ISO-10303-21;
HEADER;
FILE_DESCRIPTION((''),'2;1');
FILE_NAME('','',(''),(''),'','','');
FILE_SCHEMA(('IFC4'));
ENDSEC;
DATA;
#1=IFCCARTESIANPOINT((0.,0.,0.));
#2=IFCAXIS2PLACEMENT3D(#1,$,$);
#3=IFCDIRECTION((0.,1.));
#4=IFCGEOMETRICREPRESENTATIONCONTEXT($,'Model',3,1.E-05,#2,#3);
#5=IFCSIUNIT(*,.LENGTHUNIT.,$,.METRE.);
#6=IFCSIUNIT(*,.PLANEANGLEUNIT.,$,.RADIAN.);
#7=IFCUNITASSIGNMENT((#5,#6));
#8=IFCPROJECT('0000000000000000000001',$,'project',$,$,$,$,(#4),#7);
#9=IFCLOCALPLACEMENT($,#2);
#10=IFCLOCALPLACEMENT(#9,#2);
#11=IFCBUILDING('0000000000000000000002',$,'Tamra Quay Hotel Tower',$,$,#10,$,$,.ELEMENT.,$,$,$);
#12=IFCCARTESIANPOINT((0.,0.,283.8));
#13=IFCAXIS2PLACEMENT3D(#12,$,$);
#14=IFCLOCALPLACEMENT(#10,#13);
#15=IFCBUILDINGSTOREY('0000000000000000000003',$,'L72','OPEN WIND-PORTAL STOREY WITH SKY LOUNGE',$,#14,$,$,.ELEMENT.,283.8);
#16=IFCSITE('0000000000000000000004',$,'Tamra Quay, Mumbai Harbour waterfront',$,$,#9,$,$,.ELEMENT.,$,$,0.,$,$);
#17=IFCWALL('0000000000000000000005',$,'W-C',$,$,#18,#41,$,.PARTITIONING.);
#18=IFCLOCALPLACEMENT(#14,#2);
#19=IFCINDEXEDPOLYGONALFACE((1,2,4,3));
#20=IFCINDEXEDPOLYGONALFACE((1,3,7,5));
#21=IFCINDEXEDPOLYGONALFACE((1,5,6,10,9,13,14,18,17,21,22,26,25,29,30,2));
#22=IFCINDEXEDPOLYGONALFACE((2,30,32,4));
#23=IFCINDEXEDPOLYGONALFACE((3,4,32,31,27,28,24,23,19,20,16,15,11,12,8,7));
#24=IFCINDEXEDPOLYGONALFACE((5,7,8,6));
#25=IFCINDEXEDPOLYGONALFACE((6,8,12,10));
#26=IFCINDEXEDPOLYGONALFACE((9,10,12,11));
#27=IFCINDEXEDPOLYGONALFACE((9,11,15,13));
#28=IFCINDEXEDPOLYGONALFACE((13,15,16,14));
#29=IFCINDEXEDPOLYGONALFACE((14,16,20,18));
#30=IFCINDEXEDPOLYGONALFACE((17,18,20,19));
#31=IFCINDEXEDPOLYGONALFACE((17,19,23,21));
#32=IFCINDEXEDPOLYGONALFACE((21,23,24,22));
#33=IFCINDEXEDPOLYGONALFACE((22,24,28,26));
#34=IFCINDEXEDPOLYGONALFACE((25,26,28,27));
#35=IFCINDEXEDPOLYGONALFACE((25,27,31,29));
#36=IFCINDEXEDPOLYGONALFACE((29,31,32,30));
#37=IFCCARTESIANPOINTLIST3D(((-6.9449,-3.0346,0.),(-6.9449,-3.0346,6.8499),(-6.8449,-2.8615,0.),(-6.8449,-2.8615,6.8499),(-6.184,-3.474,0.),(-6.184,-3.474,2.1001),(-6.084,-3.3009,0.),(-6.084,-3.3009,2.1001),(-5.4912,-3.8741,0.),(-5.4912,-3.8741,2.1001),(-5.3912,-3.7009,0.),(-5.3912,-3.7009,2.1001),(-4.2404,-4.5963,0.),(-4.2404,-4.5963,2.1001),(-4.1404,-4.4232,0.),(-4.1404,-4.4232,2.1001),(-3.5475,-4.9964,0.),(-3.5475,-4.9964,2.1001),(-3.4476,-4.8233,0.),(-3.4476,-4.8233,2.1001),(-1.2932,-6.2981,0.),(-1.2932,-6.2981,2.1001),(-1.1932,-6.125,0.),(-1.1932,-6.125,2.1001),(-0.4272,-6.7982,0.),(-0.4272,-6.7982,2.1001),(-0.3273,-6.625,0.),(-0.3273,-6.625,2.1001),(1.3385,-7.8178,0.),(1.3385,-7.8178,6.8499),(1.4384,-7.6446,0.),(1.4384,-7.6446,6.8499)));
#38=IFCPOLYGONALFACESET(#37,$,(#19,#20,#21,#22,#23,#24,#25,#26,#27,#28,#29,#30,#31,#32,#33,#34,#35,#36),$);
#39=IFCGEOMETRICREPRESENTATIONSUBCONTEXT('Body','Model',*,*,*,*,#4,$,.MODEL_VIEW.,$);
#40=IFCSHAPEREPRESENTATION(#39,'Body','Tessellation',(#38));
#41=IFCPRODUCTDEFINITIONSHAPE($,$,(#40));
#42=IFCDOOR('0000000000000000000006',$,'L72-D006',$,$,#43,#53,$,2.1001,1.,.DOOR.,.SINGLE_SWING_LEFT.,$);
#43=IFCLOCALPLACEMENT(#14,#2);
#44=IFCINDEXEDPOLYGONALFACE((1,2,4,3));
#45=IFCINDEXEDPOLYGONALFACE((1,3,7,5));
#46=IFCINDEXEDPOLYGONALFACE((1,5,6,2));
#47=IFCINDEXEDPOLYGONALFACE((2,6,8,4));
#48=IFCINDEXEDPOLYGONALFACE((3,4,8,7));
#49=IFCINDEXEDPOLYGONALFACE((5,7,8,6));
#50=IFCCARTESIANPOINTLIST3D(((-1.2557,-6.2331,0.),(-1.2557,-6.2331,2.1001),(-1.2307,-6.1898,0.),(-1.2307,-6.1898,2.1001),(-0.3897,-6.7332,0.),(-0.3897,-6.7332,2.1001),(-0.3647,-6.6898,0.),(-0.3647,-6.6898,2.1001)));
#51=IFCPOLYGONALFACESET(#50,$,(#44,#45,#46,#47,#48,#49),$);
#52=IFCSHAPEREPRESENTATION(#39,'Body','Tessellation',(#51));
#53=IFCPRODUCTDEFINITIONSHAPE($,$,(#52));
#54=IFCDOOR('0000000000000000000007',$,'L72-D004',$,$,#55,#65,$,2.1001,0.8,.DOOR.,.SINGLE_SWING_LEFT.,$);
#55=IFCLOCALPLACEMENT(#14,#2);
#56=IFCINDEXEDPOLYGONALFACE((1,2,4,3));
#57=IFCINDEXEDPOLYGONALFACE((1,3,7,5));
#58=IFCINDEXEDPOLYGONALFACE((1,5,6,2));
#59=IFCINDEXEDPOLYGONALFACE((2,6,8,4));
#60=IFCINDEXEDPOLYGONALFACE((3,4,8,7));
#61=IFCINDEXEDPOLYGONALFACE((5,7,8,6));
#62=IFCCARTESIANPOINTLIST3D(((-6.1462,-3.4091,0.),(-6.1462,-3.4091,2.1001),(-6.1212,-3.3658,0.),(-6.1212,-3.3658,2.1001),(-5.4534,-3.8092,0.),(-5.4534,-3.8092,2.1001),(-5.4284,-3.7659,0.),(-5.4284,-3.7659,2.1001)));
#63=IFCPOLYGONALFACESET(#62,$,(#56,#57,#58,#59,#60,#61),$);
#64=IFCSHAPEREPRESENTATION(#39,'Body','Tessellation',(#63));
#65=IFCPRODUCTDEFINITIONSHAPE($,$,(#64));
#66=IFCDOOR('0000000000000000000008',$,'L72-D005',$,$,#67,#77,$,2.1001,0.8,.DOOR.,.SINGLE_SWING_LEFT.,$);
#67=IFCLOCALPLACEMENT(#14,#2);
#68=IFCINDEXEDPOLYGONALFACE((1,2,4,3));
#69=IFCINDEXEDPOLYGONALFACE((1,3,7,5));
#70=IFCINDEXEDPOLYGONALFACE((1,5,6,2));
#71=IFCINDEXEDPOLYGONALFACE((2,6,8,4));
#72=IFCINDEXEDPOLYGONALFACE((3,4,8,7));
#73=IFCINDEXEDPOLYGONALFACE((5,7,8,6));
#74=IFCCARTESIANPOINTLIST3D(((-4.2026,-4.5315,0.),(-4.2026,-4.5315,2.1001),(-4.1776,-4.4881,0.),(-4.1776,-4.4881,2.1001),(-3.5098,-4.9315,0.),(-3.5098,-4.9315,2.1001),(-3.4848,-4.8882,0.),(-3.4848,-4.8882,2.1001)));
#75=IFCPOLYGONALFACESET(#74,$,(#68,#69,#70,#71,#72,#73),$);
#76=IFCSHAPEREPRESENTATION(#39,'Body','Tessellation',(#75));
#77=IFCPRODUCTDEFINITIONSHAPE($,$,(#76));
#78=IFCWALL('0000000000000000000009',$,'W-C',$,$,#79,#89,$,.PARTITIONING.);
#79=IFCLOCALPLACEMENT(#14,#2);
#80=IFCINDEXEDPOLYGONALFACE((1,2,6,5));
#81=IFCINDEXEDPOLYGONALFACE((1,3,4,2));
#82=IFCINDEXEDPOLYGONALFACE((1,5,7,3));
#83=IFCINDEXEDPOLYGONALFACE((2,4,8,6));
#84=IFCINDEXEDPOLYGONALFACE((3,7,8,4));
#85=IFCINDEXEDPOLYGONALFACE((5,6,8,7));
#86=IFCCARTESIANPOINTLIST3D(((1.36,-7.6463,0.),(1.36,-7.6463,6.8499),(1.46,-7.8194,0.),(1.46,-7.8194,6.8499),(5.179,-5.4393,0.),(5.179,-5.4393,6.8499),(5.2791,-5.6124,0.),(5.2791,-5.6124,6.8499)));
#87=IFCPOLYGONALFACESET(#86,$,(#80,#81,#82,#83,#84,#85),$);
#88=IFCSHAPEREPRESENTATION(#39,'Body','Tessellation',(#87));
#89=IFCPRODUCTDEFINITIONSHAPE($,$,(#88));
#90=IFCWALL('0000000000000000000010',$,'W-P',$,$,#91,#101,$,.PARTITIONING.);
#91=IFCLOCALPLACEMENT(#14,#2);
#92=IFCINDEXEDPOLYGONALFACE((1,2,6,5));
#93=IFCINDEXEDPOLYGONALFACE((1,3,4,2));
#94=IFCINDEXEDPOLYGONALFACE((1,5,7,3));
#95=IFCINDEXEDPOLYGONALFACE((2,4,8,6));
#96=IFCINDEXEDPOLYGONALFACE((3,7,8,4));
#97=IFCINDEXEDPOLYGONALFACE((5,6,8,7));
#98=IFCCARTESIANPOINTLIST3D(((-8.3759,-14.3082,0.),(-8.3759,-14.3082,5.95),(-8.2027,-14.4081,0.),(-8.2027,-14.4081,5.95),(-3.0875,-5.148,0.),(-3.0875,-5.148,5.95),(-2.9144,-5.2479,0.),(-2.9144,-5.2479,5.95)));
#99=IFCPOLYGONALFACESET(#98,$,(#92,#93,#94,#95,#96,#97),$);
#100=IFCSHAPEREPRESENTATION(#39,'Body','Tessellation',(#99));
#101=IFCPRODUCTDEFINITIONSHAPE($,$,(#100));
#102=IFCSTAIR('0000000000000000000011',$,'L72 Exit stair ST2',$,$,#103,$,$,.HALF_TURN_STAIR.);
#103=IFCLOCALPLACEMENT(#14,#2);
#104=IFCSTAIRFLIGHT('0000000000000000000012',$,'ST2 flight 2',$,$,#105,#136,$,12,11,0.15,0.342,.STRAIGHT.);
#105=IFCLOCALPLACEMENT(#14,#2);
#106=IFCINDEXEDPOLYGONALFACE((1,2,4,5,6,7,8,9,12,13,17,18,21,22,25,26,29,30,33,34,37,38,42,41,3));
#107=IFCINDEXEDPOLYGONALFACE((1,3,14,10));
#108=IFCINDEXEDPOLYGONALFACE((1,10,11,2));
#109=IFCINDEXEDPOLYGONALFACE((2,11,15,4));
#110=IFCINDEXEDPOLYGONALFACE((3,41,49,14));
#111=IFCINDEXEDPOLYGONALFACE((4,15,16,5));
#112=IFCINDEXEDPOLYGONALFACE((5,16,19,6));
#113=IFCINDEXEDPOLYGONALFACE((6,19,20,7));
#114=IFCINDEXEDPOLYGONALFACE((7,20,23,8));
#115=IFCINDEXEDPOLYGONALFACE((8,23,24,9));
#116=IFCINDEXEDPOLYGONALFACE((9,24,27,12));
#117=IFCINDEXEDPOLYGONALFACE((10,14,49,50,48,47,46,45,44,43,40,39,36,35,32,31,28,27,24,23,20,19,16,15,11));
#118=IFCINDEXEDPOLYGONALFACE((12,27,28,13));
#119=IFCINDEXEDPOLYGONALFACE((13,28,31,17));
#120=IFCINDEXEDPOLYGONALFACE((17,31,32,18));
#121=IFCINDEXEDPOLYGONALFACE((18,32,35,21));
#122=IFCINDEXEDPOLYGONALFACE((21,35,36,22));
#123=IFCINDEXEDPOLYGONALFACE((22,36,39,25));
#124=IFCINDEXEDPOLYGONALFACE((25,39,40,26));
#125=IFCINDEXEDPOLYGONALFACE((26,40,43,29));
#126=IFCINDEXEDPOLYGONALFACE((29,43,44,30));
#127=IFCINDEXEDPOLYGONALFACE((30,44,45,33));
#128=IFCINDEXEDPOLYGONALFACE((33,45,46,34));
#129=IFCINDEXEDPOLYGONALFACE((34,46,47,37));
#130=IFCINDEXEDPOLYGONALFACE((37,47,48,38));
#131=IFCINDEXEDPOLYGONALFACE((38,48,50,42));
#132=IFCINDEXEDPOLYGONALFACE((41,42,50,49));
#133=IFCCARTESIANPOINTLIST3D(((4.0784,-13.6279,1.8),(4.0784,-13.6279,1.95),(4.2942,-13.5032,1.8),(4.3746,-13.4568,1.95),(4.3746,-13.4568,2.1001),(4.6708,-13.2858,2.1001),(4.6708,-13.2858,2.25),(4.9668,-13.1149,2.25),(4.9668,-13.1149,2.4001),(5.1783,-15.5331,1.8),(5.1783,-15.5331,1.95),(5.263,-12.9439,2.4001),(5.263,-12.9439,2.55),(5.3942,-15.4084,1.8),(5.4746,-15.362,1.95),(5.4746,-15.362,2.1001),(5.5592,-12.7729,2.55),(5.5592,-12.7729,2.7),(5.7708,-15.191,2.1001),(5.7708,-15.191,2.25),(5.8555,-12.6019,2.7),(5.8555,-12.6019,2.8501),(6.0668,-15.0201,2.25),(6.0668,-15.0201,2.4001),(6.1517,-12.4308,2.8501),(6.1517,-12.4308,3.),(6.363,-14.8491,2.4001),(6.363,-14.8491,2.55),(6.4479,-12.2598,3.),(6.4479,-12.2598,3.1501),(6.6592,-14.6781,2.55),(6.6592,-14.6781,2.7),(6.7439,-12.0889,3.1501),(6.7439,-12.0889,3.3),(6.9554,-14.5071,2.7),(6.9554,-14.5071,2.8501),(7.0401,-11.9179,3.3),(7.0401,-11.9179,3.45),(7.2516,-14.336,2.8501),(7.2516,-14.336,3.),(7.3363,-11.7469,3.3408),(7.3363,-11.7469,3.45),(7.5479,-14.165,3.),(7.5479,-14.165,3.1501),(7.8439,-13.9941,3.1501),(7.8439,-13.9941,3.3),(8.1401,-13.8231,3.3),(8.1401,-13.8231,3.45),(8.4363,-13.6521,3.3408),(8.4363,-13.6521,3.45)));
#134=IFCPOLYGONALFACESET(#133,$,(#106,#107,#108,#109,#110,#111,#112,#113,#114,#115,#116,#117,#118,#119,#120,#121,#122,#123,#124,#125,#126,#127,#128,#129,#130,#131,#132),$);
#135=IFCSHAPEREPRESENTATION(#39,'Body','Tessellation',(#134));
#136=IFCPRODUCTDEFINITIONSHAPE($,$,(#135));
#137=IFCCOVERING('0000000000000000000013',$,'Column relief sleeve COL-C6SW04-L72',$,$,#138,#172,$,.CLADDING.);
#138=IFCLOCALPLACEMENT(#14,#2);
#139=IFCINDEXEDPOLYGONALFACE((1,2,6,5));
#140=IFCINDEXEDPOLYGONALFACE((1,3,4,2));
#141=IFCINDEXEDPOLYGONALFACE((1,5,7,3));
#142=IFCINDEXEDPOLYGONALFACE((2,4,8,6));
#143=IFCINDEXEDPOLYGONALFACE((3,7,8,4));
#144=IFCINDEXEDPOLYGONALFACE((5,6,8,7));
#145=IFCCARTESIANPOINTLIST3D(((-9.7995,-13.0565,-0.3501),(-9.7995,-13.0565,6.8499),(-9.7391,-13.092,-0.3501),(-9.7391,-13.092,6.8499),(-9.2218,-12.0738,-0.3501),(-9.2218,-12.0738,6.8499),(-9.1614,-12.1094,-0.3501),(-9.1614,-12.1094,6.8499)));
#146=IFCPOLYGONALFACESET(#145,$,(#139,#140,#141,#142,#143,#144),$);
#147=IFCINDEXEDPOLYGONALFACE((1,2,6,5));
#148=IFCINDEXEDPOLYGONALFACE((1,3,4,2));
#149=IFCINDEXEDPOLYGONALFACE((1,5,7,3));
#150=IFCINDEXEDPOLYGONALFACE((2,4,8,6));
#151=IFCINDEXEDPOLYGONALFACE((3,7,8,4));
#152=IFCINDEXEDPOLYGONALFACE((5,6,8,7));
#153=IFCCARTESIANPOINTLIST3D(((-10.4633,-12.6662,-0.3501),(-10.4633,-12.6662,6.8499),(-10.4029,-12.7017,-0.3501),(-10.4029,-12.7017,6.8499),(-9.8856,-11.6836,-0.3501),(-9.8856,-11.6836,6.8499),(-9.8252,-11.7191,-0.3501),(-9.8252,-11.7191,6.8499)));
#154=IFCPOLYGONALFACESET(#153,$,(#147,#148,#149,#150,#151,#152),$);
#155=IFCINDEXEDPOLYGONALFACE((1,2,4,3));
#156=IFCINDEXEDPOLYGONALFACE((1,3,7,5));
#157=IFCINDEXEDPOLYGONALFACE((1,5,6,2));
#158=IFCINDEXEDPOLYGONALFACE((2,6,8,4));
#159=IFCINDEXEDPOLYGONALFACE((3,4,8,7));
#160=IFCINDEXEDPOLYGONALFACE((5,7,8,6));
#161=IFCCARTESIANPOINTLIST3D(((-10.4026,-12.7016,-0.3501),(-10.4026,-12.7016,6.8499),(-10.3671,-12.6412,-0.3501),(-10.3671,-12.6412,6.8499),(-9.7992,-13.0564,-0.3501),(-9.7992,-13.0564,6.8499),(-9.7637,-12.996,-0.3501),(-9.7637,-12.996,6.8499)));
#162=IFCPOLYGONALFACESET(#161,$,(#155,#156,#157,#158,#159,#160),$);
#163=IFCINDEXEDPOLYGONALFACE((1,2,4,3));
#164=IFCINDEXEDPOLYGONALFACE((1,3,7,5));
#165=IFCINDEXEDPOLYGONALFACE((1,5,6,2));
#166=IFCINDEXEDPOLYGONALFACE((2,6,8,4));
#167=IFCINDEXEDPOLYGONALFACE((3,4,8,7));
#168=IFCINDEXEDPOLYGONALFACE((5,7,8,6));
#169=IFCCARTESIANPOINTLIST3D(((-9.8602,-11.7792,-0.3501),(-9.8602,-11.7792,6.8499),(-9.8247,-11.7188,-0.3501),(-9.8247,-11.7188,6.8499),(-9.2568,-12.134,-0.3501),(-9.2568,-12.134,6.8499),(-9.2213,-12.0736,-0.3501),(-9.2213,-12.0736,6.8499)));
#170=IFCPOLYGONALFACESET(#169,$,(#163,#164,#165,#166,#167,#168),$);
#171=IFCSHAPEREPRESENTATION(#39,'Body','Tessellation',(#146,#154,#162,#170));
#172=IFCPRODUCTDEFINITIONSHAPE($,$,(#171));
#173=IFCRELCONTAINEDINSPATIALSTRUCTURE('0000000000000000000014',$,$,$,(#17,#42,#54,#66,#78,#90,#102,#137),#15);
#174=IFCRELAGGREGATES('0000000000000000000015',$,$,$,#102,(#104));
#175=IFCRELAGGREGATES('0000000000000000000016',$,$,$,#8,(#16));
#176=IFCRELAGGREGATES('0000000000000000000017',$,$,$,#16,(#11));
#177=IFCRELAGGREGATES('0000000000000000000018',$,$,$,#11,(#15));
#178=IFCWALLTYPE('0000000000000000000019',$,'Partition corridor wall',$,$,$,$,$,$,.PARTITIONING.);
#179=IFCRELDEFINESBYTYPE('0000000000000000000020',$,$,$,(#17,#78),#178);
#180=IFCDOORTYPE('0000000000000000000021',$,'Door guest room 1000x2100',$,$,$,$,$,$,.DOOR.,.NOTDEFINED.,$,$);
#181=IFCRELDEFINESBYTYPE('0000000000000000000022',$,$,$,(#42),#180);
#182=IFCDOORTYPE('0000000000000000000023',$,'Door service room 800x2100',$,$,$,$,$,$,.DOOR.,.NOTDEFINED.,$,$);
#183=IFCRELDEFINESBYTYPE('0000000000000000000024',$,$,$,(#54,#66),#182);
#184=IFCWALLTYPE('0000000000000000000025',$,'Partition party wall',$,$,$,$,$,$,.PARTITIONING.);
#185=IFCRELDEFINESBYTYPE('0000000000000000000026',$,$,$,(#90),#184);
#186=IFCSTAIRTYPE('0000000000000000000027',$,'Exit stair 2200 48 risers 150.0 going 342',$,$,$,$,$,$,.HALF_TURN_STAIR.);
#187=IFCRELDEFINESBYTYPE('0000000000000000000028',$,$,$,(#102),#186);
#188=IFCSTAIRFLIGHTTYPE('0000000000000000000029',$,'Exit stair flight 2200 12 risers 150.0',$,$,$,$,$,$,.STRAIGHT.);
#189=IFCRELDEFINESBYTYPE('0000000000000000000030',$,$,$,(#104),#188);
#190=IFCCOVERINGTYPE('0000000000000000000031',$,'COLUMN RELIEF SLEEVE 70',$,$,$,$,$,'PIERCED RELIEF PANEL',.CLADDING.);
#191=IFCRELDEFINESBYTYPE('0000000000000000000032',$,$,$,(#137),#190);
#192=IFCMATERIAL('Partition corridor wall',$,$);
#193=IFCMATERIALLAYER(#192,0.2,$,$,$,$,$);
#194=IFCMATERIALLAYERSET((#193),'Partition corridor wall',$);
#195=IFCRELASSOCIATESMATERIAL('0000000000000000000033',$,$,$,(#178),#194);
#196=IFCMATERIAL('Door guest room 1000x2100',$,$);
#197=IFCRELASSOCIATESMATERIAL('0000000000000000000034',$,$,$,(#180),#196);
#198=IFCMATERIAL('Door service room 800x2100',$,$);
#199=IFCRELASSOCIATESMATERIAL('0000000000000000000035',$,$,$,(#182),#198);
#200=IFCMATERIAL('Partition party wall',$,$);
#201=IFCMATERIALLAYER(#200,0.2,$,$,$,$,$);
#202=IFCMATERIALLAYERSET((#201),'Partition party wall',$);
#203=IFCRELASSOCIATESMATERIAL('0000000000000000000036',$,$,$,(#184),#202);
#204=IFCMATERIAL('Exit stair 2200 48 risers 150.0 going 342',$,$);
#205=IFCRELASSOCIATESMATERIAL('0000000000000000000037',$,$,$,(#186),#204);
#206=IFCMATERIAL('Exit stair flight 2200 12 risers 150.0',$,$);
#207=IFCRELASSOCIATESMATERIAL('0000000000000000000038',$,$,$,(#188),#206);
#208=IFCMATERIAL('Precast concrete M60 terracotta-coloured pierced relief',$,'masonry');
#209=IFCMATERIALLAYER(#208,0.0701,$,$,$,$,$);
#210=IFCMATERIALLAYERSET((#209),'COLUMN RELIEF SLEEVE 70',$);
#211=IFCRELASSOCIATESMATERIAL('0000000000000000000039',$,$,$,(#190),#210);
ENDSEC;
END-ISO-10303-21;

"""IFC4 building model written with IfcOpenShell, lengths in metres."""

from ifc_helpers import new_model, si_unit, direction, frame, frame_2d, origin, place, context, subcontext, project, spatial, polyline, rectangle, outline, extrude, source, transform, mapped, material, layer, layer_set, type_object, element, fill, aggregate, save


model = new_model("IFC4")

# Units and contexts
model_context = context("Model", 3, precision=1e-05, world=origin(), true_north=direction((0.0, 1.0)))
body_context = subcontext(model_context, "Body", "Model", "MODEL_VIEW")
ifc_project = project(units=[si_unit("LENGTHUNIT", "METRE"), si_unit("PLANEANGLEUNIT", "RADIAN")], contexts=[model_context])

# Site, building, storey
site_placement = place(None, origin())
site = spatial("IfcSite", under=ifc_project, at=site_placement, Name="Tamra Quay, Mumbai Harbour waterfront", CompositionType="ELEMENT", RefElevation=0.0)
building_placement = place(site_placement, origin())
building = spatial("IfcBuilding", under=site, at=building_placement, Name="Tamra Quay Hotel Tower", CompositionType="ELEMENT")
storey_placement = place(building_placement, frame((0.0, 0.0, 283.8)))
storey = spatial("IfcBuildingStorey", under=building, at=storey_placement, Name="L72", Description="OPEN WIND-PORTAL STOREY WITH SKY LOUNGE", CompositionType="ELEMENT", Elevation=283.8)

# Shared definitions
ifc_material_1 = material(Name="Partition corridor wall")
ifc_layer_1 = layer(ifc_material_1, 0.2)
ifc_layer_set_1 = layer_set([ifc_layer_1], Name="Partition corridor wall")
wall_type_1 = type_object("IfcWallType", Name="Partition corridor wall", PredefinedType="PARTITIONING", material=ifc_layer_set_1)

# Wall, openings, doors
wall_1_placement = place(storey_placement, frame((-6.895, -2.948, 0.0), z_axis=(0.0, 0.0, 1.0), x_axis=(0.865991, -0.500059, 0.0)))
wall_1 = element("IfcWall", 1, at=wall_1_placement, inside=storey, type_object=wall_type_1, Name="W-C", PredefinedType="PARTITIONING", context=body_context, shape_type="SweptSolid", body=[
    extrude(rectangle(XDim=9.5652, YDim=0.2, at=frame_2d((4.7827, 0.0))), origin(), (0.0, 0.0, 1.0), 6.8499),
])
opening_1_placement = place(wall_1_placement, frame((0.8789, 0.0, 0.0)))
opening_1 = element("IfcOpeningElement", 2, at=opening_1_placement, cuts=wall_1, PredefinedType="OPENING", context=body_context, shape_type="SweptSolid", body=[
    extrude(rectangle(XDim=0.8, YDim=2.1001, at=frame_2d((0.3999, 1.05))), frame((0.0, 0.1099, 0.0), z_axis=(0.0, -1.0, 0.0), x_axis=(1.0, 0.0, 0.0)), (0.0, 0.0, 1.0), 0.22),
])
opening_2_placement = place(wall_1_placement, frame((3.1233, 0.0, 0.0)))
opening_2 = element("IfcOpeningElement", 3, at=opening_2_placement, cuts=wall_1, PredefinedType="OPENING", context=body_context, shape_type="SweptSolid", body=[
    extrude(rectangle(XDim=0.8, YDim=2.1001, at=frame_2d((0.3999, 1.05))), frame((0.0, 0.1099, 0.0), z_axis=(0.0, -1.0, 0.0), x_axis=(1.0, 0.0, 0.0)), (0.0, 0.0, 1.0), 0.22),
])
opening_3_placement = place(wall_1_placement, frame((6.5264, 0.0, 0.0)))
opening_3 = element("IfcOpeningElement", 4, at=opening_3_placement, cuts=wall_1, PredefinedType="OPENING", context=body_context, shape_type="SweptSolid", body=[
    extrude(rectangle(XDim=1.0, YDim=2.1001, at=frame_2d((0.5, 1.05))), frame((0.0, 0.1099, 0.0), z_axis=(0.0, -1.0, 0.0), x_axis=(1.0, 0.0, 0.0)), (0.0, 0.0, 1.0), 0.22),
])
ifc_material_2 = material(Name="Door guest room 1000x2100")
door_type_1 = type_object("IfcDoorType", Name="Door guest room 1000x2100", OperationType="NOTDEFINED", PredefinedType="DOOR", material=ifc_material_2)
door_1_placement = place(opening_3_placement, frame((1.0, 0.0, 0.0), z_axis=(0.0, 0.0, 1.0), x_axis=(-1.0, 0.0, 0.0)))
door_1 = element("IfcDoor", 5, at=door_1_placement, inside=storey, type_object=door_type_1, Name="L72-D006", OperationType="SINGLE_SWING_LEFT", OverallHeight=2.1001, OverallWidth=1.0, PredefinedType="DOOR", context=body_context, shape_type="SweptSolid", body=[
    extrude(rectangle(XDim=1.0, YDim=2.1001, at=frame_2d((0.5, 1.05))), frame((0.0, 0.0249, 0.0), z_axis=(0.0, -1.0, 0.0), x_axis=(1.0, 0.0, 0.0)), (0.0, 0.0, 1.0), 0.05),
])
fill(opening_3, door_1)
ifc_material_3 = material(Name="Door service room 800x2100")
door_type_2 = type_object("IfcDoorType", Name="Door service room 800x2100", OperationType="NOTDEFINED", PredefinedType="DOOR", material=ifc_material_3)
door_2_placement = place(opening_1_placement, frame((0.8, 0.0, 0.0), z_axis=(0.0, 0.0, 1.0), x_axis=(-1.0, 0.0, 0.0)))
door_2 = element("IfcDoor", 6, at=door_2_placement, inside=storey, type_object=door_type_2, Name="L72-D004", OperationType="SINGLE_SWING_LEFT", OverallHeight=2.1001, OverallWidth=0.8, PredefinedType="DOOR", context=body_context, shape_type="SweptSolid", body=[
    extrude(rectangle(XDim=0.8, YDim=2.1001, at=frame_2d((0.3999, 1.05))), frame((0.0, 0.0249, 0.0), z_axis=(0.0, -1.0, 0.0), x_axis=(1.0, 0.0, 0.0)), (0.0, 0.0, 1.0), 0.05),
])
fill(opening_1, door_2)
door_3_placement = place(opening_2_placement, frame((0.8, 0.0, 0.0), z_axis=(0.0, 0.0, 1.0), x_axis=(-1.0, 0.0, 0.0)))
door_3 = element("IfcDoor", 7, at=door_3_placement, inside=storey, type_object=door_type_2, Name="L72-D005", OperationType="SINGLE_SWING_LEFT", OverallHeight=2.1001, OverallWidth=0.8, PredefinedType="DOOR", context=body_context, shape_type="SweptSolid", body=[
    extrude(rectangle(XDim=0.8, YDim=2.1001, at=frame_2d((0.3999, 1.05))), frame((0.0, 0.0249, 0.0), z_axis=(0.0, -1.0, 0.0), x_axis=(1.0, 0.0, 0.0)), (0.0, 0.0, 1.0), 0.05),
])
fill(opening_2, door_3)

# Walls
wall_2_placement = place(storey_placement, frame((1.4099, -7.7329, 0.0), z_axis=(0.0, 0.0, 1.0), x_axis=(0.865821, 0.500353, 0.0)))
element("IfcWall", 8, at=wall_2_placement, inside=storey, type_object=wall_type_1, Name="W-C", PredefinedType="PARTITIONING", context=body_context, shape_type="SweptSolid", body=[
    extrude(rectangle(XDim=4.4109, YDim=0.2, at=frame_2d((2.2056, 0.0))), origin(), (0.0, 0.0, 1.0), 6.8499),
])
ifc_material_4 = material(Name="Partition party wall")
ifc_layer_2 = layer(ifc_material_4, 0.2)
ifc_layer_set_2 = layer_set([ifc_layer_2], Name="Partition party wall")
wall_type_2 = type_object("IfcWallType", Name="Partition party wall", PredefinedType="PARTITIONING", material=ifc_layer_set_2)
wall_3_placement = place(storey_placement, frame((-8.2893, -14.3582, 0.0), z_axis=(0.0, 0.0, 1.0), x_axis=(0.49998, 0.866037, 0.0)))
element("IfcWall", 9, at=wall_3_placement, inside=storey, type_object=wall_type_2, Name="W-P", PredefinedType="PARTITIONING", context=body_context, shape_type="SweptSolid", body=[
    extrude(rectangle(XDim=10.5771, YDim=0.2, at=frame_2d((5.2886, 0.0))), origin(), (0.0, 0.0, 1.0), 5.95),
])

# Stair, stair flight
ifc_material_5 = material(Name="Exit stair 2200 48 risers 150.0 going 342")
stair_type = type_object("IfcStairType", Name="Exit stair 2200 48 risers 150.0 going 342", PredefinedType="HALF_TURN_STAIR", material=ifc_material_5)
stair_placement = place(storey_placement, origin())
stair = element("IfcStair", 10, at=stair_placement, inside=storey, type_object=stair_type, Name="L72 Exit stair ST2", PredefinedType="HALF_TURN_STAIR")
ifc_material_6 = material(Name="Exit stair flight 2200 12 risers 150.0")
stair_flight_type = type_object("IfcStairFlightType", Name="Exit stair flight 2200 12 risers 150.0", PredefinedType="STRAIGHT", material=ifc_material_6)
stair_flight_placement = place(storey_placement, frame((4.6284, -14.5806, 1.8), z_axis=(0.0, 0.0, 1.0), x_axis=(0.866025, 0.5, 0.0)))
stair_flight = element("IfcStairFlight", 11, at=stair_flight_placement, type_object=stair_flight_type, Name="ST2 flight 2", NumberOfRisers=12, NumberOfTreads=11, PredefinedType="STRAIGHT", RiserHeight=0.15, TreadLength=0.342, context=body_context, shape_type="SweptSolid", body=[
    extrude(outline(polyline([(0.0, 0.0), (0.0, 0.1499), (0.342, 0.1499), (0.342, 0.3), (0.6841, 0.3), (0.6841, 0.45), (1.0259, 0.45), (1.0259, 0.6001), (1.3679, 0.6001), (1.3679, 0.75), (1.71, 0.75), (1.71, 0.8999), (2.052, 0.8999), (2.052, 1.05), (2.394, 1.05), (2.394, 1.2), (2.7361, 1.2), (2.7361, 1.3501), (3.0779, 1.3501), (3.0779, 1.5), (3.4199, 1.5), (3.4199, 1.6499), (3.762, 1.6499), (3.762, 1.8), (3.762, 1.5408), (0.2493, 0.0), (0.0, 0.0)])), frame((0.0, 1.1001, 0.0), z_axis=(0.0, -1.0, 0.0), x_axis=(1.0, 0.0, 0.0)), (0.0, 0.0, 1.0), 2.2),
])
aggregate(stair, [stair_flight])

# Covering
ifc_material_7 = material(Name="Precast concrete M60 terracotta-coloured pierced relief", Category="masonry")
ifc_layer_3 = layer(ifc_material_7, 0.0701)
ifc_layer_set_3 = layer_set([ifc_layer_3], Name="COLUMN RELIEF SLEEVE 70")
covering_type = type_object("IfcCoveringType", Name="COLUMN RELIEF SLEEVE 70", ElementType="PIERCED RELIEF PANEL", PredefinedType="CLADDING", material=ifc_layer_set_3)
shared_shape = source(origin(), body_context, "Body", "SweptSolid", [
    extrude(rectangle(XDim=1.1399, YDim=0.0701, at=frame_2d((0.5698, 0.0352))), frame((-0.5701, -0.4199, 0.0)), (0.0, 0.0, 1.0), 7.2),
    extrude(rectangle(XDim=1.1399, YDim=0.0701, at=frame_2d((0.5698, 0.0352))), frame((-0.5701, 0.3501, 0.0)), (0.0, 0.0, 1.0), 7.2),
    extrude(rectangle(XDim=0.0701, YDim=0.7, at=frame_2d((0.0352, 0.3501))), frame((-0.5701, -0.3501, 0.0)), (0.0, 0.0, 1.0), 7.2),
    extrude(rectangle(XDim=0.0701, YDim=0.7, at=frame_2d((0.0352, 0.3501))), frame((0.5, -0.3501, 0.0)), (0.0, 0.0, 1.0), 7.2),
])
for number, where, z_axis, x_axis, name in (
    (12, (-9.812, -12.3877, -0.3501), (0.0, 0.0, 1.0), (0.506843, 0.862038, 0.0), "Column relief sleeve COL-C6SW04-L72"),
):
    element("IfcCovering", number, at=place(storey_placement, frame(where, z_axis=z_axis, x_axis=x_axis)), inside=storey, type_object=covering_type, Name=name, PredefinedType="CLADDING", context=body_context, shape_type="MappedRepresentation", body=[
        mapped(shared_shape, transform((0.0, 0.0, 0.0), scale=1.0)),
    ])

save(model, "model.ifc")
